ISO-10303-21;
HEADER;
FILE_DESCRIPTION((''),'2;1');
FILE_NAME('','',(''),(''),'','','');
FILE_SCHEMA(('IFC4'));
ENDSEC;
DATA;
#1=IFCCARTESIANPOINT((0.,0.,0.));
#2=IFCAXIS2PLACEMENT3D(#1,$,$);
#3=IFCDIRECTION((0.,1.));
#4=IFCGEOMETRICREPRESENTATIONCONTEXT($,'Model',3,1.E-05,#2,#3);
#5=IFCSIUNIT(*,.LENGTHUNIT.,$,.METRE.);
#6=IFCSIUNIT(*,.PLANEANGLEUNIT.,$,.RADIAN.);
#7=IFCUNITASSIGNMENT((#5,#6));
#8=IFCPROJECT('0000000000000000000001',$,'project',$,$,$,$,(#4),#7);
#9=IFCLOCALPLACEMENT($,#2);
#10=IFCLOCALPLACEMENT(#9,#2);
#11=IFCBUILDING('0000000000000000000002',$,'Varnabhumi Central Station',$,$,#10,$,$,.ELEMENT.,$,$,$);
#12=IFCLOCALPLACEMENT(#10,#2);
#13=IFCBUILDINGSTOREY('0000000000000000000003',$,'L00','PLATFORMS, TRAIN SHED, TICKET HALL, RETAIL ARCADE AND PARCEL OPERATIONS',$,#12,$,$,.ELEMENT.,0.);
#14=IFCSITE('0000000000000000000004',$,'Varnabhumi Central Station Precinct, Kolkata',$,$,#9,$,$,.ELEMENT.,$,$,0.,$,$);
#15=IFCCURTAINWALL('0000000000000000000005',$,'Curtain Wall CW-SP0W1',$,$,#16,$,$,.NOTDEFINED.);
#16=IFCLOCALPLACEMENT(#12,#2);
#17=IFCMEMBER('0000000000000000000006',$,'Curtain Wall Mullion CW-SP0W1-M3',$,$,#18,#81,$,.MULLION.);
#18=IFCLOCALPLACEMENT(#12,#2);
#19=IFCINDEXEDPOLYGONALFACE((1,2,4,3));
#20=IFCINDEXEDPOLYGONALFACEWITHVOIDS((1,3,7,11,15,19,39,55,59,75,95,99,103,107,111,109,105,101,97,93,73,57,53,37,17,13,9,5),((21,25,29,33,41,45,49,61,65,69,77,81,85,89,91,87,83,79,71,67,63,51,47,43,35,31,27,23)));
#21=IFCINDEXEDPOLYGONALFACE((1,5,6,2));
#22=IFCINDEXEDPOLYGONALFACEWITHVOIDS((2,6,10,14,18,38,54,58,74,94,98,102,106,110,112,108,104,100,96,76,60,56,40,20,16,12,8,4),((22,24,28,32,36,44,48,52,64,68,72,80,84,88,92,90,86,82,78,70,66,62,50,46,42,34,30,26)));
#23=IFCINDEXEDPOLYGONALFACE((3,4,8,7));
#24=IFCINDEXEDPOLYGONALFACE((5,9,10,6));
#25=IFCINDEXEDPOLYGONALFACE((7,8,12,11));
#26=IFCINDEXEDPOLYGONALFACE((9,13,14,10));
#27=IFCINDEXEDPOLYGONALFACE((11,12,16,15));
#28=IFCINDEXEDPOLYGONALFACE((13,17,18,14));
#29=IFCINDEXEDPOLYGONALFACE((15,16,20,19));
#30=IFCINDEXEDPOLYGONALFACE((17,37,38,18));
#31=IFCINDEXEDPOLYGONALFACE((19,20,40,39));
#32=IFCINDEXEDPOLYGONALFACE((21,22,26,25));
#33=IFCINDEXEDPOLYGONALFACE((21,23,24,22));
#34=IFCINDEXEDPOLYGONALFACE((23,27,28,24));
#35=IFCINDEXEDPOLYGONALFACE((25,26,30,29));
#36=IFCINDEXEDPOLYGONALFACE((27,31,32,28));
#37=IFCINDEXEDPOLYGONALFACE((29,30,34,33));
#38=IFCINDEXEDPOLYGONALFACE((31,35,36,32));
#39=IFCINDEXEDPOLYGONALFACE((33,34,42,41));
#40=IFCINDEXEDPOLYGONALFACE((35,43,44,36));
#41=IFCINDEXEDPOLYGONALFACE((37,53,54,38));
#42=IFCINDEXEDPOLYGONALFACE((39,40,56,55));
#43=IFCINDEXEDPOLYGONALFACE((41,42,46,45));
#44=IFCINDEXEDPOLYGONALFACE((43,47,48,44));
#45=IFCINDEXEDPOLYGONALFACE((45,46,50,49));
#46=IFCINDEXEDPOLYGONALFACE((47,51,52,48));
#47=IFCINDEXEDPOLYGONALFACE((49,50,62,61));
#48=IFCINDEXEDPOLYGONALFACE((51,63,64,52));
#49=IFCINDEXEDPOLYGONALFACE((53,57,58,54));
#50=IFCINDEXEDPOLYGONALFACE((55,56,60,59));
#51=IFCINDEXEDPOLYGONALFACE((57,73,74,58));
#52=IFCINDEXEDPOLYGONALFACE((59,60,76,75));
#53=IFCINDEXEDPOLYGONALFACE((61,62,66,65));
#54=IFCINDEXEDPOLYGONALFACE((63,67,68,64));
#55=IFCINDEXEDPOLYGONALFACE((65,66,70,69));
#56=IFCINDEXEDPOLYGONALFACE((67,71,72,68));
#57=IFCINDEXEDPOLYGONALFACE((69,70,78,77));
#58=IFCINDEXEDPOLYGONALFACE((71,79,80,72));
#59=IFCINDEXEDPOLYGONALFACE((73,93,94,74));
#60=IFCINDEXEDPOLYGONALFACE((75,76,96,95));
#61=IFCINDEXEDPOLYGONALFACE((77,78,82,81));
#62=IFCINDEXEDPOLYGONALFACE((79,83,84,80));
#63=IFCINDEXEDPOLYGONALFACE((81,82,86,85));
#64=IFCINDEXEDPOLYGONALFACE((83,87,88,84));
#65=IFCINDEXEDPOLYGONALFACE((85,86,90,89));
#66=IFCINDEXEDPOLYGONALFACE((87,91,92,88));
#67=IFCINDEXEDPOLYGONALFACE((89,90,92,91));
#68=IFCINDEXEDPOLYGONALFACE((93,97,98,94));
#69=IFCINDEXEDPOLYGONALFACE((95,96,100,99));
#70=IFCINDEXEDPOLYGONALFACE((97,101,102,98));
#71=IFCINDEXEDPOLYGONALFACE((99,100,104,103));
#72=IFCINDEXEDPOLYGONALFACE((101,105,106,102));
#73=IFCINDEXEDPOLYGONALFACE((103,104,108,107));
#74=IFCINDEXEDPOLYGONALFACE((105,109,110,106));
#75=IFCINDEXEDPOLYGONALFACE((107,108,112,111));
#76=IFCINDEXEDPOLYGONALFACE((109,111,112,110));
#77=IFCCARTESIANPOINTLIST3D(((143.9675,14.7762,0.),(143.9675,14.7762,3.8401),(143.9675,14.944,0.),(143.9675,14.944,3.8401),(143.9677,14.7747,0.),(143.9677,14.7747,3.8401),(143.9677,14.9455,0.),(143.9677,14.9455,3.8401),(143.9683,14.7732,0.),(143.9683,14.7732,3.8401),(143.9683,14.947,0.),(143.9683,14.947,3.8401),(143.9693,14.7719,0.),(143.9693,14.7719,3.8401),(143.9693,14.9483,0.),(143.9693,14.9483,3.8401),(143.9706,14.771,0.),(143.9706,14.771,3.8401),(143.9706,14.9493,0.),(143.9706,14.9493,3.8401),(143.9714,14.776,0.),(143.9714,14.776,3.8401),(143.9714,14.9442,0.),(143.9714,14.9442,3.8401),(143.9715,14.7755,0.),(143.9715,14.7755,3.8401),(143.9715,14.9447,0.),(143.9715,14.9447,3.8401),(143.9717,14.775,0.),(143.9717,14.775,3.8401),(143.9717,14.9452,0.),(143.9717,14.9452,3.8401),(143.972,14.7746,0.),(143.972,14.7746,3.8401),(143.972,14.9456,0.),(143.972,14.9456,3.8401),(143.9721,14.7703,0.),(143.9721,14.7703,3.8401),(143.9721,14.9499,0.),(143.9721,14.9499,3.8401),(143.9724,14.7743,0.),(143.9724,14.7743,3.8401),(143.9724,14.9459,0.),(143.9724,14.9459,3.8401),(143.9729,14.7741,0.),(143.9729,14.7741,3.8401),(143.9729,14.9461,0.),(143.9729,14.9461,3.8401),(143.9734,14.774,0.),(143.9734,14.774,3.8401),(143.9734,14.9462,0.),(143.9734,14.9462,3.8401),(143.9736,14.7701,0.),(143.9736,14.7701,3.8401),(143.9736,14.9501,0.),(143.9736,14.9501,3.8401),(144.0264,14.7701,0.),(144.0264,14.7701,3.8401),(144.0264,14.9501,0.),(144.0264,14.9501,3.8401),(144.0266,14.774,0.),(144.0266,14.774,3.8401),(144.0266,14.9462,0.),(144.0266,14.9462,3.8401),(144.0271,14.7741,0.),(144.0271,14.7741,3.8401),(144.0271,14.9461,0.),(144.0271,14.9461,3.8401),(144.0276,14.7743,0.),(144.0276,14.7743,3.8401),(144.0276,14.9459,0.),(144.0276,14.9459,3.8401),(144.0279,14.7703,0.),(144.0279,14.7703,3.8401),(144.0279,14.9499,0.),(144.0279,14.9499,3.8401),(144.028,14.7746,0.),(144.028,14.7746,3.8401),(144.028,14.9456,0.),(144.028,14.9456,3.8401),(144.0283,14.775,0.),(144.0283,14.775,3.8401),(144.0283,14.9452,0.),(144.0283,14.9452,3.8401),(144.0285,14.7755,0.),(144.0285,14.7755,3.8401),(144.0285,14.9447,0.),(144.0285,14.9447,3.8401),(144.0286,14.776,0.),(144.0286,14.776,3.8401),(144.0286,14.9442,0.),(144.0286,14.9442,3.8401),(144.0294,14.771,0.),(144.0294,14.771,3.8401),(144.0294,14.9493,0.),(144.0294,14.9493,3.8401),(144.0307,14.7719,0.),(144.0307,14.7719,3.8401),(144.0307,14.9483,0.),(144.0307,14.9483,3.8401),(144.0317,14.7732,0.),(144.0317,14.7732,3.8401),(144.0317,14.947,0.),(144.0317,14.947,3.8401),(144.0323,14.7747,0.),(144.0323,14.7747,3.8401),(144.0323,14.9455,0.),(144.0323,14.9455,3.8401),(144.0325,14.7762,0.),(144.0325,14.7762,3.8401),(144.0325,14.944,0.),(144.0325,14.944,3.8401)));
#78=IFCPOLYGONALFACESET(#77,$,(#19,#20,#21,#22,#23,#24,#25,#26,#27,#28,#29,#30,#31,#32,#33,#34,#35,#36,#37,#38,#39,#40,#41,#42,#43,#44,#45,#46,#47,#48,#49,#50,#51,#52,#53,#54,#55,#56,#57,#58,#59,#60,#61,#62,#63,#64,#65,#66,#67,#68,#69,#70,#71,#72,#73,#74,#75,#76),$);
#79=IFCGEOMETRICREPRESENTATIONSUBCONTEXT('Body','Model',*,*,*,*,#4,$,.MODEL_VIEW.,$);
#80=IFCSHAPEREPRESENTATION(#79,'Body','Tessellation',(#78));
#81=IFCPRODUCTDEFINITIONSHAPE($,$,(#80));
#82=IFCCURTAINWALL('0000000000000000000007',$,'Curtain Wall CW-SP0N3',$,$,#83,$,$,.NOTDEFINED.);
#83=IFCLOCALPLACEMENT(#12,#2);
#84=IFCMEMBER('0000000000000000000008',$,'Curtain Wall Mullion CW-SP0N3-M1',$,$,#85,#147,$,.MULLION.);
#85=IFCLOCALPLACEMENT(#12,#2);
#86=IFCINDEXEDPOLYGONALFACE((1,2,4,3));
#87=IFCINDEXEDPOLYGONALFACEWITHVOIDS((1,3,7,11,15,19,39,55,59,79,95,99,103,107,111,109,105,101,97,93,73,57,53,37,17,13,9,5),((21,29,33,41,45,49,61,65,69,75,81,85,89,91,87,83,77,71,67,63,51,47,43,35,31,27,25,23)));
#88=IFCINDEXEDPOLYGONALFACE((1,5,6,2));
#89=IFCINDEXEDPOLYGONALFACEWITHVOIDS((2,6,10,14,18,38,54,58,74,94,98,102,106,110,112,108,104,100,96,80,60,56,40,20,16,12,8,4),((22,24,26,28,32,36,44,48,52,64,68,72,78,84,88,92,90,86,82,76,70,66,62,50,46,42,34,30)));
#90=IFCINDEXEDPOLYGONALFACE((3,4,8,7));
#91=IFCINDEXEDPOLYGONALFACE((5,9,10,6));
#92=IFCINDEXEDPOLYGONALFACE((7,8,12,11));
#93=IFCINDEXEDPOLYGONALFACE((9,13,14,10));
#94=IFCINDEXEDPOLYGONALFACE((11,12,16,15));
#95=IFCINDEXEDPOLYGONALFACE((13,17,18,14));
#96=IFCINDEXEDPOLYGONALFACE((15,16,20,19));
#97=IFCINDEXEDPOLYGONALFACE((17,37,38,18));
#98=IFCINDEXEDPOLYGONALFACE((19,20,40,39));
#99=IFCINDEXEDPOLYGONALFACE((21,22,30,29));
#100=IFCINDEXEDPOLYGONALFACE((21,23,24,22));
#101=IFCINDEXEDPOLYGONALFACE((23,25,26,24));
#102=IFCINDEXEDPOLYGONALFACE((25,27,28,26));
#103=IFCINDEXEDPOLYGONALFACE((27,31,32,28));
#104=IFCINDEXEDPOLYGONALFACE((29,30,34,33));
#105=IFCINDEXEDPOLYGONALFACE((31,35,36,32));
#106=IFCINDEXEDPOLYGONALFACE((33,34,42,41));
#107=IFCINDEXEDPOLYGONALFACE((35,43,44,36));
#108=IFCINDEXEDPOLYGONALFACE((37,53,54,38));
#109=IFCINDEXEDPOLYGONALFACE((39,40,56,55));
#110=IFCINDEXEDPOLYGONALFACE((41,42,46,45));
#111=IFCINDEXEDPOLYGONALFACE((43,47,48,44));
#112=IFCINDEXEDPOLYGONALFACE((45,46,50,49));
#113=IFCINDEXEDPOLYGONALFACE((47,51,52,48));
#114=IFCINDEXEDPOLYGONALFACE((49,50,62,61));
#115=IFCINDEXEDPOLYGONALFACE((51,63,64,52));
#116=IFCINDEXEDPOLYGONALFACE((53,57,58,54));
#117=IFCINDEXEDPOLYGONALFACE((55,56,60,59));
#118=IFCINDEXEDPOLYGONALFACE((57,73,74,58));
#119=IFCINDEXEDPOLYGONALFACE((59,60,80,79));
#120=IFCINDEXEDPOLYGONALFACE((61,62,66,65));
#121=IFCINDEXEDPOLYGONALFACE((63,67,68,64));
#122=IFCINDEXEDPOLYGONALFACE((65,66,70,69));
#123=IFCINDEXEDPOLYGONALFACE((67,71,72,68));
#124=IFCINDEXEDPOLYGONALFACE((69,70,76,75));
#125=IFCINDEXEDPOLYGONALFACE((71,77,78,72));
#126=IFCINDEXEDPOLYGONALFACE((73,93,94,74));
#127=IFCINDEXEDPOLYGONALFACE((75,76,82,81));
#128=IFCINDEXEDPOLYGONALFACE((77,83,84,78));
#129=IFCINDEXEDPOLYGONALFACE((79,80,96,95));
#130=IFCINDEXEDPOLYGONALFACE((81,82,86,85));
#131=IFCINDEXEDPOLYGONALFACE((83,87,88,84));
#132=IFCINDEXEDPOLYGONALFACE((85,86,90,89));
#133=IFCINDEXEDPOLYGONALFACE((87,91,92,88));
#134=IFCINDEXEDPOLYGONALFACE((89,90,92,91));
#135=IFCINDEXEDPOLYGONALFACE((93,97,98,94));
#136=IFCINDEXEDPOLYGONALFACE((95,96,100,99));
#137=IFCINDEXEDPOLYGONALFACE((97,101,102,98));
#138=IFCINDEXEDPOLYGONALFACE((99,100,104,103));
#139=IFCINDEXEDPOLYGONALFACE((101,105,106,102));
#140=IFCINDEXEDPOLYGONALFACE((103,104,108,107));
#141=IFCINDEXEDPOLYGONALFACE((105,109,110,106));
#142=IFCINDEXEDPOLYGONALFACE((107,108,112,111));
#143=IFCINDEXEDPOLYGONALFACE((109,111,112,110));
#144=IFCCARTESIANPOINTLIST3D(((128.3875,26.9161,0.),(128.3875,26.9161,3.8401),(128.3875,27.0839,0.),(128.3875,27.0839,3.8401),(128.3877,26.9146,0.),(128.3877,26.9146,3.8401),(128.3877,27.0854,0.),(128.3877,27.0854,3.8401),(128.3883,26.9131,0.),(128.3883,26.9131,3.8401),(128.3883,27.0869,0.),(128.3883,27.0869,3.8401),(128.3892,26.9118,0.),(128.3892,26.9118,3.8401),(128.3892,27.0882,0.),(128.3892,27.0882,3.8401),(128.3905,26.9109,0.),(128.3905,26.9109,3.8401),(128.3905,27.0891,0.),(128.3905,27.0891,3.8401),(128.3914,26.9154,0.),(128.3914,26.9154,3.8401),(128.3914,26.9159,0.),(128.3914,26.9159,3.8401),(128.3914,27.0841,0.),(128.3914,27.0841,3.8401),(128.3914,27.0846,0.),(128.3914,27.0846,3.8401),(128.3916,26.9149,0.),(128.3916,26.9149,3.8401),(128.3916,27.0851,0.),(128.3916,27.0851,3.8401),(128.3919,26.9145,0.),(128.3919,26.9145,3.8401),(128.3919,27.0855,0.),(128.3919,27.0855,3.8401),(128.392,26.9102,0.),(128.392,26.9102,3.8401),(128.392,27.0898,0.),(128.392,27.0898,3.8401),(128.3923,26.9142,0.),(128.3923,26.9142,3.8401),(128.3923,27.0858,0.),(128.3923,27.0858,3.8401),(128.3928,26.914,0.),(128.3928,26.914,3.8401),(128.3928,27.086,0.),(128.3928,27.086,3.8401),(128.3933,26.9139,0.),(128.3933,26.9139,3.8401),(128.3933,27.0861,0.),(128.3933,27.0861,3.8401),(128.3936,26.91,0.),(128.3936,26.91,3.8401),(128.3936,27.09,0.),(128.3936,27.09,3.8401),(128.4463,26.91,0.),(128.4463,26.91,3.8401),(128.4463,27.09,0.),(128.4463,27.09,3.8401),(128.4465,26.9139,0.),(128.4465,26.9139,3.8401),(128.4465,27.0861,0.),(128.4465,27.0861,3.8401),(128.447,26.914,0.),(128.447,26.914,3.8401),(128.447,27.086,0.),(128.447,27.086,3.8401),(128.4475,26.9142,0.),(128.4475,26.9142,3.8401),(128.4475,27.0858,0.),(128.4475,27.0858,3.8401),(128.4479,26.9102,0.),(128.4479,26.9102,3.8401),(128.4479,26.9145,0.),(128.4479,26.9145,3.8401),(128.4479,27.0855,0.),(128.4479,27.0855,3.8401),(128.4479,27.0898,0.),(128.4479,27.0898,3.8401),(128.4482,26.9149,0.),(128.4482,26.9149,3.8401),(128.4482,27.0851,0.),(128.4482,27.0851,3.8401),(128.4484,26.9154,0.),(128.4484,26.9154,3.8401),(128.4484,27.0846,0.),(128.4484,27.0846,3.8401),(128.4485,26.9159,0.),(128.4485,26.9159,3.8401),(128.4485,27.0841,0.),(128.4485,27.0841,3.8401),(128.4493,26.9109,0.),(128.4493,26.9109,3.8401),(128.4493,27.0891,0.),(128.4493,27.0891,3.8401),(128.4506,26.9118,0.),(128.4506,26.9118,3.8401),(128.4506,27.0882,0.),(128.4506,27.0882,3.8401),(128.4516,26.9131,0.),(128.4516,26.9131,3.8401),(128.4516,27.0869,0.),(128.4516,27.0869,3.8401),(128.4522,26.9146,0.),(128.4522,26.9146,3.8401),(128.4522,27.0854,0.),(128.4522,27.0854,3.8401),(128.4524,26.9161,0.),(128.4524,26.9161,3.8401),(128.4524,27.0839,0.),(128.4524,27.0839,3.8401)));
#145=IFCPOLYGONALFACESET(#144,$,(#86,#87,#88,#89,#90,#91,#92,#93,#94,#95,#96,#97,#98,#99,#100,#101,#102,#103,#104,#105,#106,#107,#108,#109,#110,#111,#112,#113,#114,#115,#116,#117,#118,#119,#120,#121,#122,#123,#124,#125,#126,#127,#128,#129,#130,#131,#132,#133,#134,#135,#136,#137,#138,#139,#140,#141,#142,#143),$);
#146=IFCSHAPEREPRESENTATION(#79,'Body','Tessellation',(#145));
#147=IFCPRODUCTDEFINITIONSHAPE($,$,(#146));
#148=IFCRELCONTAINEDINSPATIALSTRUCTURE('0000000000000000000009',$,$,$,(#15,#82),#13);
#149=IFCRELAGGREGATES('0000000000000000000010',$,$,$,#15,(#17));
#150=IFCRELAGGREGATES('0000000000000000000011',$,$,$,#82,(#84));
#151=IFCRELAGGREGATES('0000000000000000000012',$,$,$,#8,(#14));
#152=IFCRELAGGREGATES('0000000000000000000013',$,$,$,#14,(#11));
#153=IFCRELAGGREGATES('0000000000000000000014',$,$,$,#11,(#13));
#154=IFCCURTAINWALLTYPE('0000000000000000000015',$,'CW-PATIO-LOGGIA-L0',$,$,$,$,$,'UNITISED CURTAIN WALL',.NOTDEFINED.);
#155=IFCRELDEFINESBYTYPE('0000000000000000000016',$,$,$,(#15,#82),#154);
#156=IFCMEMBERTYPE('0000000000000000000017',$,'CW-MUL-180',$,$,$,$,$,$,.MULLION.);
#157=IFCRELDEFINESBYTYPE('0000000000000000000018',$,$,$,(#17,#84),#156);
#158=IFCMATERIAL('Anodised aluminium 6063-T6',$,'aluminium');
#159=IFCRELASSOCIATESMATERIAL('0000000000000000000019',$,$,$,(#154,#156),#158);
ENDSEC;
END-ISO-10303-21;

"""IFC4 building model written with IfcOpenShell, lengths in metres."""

from ifc_helpers import new_model, si_unit, direction, frame, origin, origin_2d, place, context, subcontext, project, spatial, hollow_rectangle, extrude, material, material_profile, profile_set, type_object, element, aggregate, save


model = new_model("IFC4")

# Units and contexts
model_context = context("Model", 3, precision=1e-05, world=origin(), true_north=direction((0.0, 1.0)))
body_context = subcontext(model_context, "Body", "Model", "MODEL_VIEW")
ifc_project = project(units=[si_unit("LENGTHUNIT", "METRE"), si_unit("PLANEANGLEUNIT", "RADIAN")], contexts=[model_context])

# Site, building, storey
site_placement = place(None, origin())
site = spatial("IfcSite", under=ifc_project, at=site_placement, Name="Varnabhumi Central Station Precinct, Kolkata", CompositionType="ELEMENT", RefElevation=0.0)
building_placement = place(site_placement, origin())
building = spatial("IfcBuilding", under=site, at=building_placement, Name="Varnabhumi Central Station", CompositionType="ELEMENT")
storey_placement = place(building_placement, origin())
storey = spatial("IfcBuildingStorey", under=building, at=storey_placement, Name="L00", Description="PLATFORMS, TRAIN SHED, TICKET HALL, RETAIL ARCADE AND PARCEL OPERATIONS", CompositionType="ELEMENT", Elevation=0.0)

# Curtain walls, members
ifc_material_1 = material(Name="Anodised aluminium 6063-T6", Category="aluminium")
curtain_wall_type = type_object("IfcCurtainWallType", Name="CW-PATIO-LOGGIA-L0", ElementType="UNITISED CURTAIN WALL", PredefinedType="NOTDEFINED", material=ifc_material_1)
curtain_wall_1_placement = place(storey_placement, origin())
curtain_wall_1 = element("IfcCurtainWall", 1, at=curtain_wall_1_placement, inside=storey, type_object=curtain_wall_type, Name="Curtain Wall CW-SP0W1", PredefinedType="NOTDEFINED")
ifc_material_profile_1 = material_profile(ifc_material_1, hollow_rectangle(XDim=0.0649, YDim=0.1799, WallThickness=0.0039, InnerFilletRadius=0.002, OuterFilletRadius=0.0061, at=origin_2d()), Name="Anodised aluminium 6063-T6", Category="aluminium")
ifc_profile_set_1 = profile_set([ifc_material_profile_1], Name="Anodised aluminium 6063-T6")
member_type_1 = type_object("IfcMemberType", Name="CW-MUL-180", PredefinedType="MULLION", material=ifc_profile_set_1)
member_1_placement = place(storey_placement, frame((144.0, 14.8601, 0.0), z_axis=(0.0, 0.0, 1.0), x_axis=(1.0, 0.0, 0.0)))
member_1 = element("IfcMember", 2, at=member_1_placement, type_object=member_type_1, Name="Curtain Wall Mullion CW-SP0W1-M3", PredefinedType="MULLION", context=body_context, shape_type="SweptSolid", body=[
    extrude(hollow_rectangle(XDim=0.0649, YDim=0.1799, WallThickness=0.0039, InnerFilletRadius=0.002, OuterFilletRadius=0.0061, at=origin_2d()), origin(), (0.0, 0.0, 1.0), 3.8401),
])
curtain_wall_2_placement = place(storey_placement, origin())
curtain_wall_2 = element("IfcCurtainWall", 3, at=curtain_wall_2_placement, inside=storey, type_object=curtain_wall_type, Name="Curtain Wall CW-SP0N3", PredefinedType="NOTDEFINED")
member_2_placement = place(storey_placement, frame((128.4199, 27.0, 0.0), z_axis=(0.0, 0.0, 1.0), x_axis=(1.0, 0.0, 0.0)))
member_2 = element("IfcMember", 4, at=member_2_placement, type_object=member_type_1, Name="Curtain Wall Mullion CW-SP0N3-M1", PredefinedType="MULLION", context=body_context, shape_type="SweptSolid", body=[
    extrude(hollow_rectangle(XDim=0.0649, YDim=0.1799, WallThickness=0.0039, InnerFilletRadius=0.002, OuterFilletRadius=0.0061, at=origin_2d()), origin(), (0.0, 0.0, 1.0), 3.8401),
])

aggregate(curtain_wall_1, [member_1])
aggregate(curtain_wall_2, [member_2])

save(model, "model.ifc")
